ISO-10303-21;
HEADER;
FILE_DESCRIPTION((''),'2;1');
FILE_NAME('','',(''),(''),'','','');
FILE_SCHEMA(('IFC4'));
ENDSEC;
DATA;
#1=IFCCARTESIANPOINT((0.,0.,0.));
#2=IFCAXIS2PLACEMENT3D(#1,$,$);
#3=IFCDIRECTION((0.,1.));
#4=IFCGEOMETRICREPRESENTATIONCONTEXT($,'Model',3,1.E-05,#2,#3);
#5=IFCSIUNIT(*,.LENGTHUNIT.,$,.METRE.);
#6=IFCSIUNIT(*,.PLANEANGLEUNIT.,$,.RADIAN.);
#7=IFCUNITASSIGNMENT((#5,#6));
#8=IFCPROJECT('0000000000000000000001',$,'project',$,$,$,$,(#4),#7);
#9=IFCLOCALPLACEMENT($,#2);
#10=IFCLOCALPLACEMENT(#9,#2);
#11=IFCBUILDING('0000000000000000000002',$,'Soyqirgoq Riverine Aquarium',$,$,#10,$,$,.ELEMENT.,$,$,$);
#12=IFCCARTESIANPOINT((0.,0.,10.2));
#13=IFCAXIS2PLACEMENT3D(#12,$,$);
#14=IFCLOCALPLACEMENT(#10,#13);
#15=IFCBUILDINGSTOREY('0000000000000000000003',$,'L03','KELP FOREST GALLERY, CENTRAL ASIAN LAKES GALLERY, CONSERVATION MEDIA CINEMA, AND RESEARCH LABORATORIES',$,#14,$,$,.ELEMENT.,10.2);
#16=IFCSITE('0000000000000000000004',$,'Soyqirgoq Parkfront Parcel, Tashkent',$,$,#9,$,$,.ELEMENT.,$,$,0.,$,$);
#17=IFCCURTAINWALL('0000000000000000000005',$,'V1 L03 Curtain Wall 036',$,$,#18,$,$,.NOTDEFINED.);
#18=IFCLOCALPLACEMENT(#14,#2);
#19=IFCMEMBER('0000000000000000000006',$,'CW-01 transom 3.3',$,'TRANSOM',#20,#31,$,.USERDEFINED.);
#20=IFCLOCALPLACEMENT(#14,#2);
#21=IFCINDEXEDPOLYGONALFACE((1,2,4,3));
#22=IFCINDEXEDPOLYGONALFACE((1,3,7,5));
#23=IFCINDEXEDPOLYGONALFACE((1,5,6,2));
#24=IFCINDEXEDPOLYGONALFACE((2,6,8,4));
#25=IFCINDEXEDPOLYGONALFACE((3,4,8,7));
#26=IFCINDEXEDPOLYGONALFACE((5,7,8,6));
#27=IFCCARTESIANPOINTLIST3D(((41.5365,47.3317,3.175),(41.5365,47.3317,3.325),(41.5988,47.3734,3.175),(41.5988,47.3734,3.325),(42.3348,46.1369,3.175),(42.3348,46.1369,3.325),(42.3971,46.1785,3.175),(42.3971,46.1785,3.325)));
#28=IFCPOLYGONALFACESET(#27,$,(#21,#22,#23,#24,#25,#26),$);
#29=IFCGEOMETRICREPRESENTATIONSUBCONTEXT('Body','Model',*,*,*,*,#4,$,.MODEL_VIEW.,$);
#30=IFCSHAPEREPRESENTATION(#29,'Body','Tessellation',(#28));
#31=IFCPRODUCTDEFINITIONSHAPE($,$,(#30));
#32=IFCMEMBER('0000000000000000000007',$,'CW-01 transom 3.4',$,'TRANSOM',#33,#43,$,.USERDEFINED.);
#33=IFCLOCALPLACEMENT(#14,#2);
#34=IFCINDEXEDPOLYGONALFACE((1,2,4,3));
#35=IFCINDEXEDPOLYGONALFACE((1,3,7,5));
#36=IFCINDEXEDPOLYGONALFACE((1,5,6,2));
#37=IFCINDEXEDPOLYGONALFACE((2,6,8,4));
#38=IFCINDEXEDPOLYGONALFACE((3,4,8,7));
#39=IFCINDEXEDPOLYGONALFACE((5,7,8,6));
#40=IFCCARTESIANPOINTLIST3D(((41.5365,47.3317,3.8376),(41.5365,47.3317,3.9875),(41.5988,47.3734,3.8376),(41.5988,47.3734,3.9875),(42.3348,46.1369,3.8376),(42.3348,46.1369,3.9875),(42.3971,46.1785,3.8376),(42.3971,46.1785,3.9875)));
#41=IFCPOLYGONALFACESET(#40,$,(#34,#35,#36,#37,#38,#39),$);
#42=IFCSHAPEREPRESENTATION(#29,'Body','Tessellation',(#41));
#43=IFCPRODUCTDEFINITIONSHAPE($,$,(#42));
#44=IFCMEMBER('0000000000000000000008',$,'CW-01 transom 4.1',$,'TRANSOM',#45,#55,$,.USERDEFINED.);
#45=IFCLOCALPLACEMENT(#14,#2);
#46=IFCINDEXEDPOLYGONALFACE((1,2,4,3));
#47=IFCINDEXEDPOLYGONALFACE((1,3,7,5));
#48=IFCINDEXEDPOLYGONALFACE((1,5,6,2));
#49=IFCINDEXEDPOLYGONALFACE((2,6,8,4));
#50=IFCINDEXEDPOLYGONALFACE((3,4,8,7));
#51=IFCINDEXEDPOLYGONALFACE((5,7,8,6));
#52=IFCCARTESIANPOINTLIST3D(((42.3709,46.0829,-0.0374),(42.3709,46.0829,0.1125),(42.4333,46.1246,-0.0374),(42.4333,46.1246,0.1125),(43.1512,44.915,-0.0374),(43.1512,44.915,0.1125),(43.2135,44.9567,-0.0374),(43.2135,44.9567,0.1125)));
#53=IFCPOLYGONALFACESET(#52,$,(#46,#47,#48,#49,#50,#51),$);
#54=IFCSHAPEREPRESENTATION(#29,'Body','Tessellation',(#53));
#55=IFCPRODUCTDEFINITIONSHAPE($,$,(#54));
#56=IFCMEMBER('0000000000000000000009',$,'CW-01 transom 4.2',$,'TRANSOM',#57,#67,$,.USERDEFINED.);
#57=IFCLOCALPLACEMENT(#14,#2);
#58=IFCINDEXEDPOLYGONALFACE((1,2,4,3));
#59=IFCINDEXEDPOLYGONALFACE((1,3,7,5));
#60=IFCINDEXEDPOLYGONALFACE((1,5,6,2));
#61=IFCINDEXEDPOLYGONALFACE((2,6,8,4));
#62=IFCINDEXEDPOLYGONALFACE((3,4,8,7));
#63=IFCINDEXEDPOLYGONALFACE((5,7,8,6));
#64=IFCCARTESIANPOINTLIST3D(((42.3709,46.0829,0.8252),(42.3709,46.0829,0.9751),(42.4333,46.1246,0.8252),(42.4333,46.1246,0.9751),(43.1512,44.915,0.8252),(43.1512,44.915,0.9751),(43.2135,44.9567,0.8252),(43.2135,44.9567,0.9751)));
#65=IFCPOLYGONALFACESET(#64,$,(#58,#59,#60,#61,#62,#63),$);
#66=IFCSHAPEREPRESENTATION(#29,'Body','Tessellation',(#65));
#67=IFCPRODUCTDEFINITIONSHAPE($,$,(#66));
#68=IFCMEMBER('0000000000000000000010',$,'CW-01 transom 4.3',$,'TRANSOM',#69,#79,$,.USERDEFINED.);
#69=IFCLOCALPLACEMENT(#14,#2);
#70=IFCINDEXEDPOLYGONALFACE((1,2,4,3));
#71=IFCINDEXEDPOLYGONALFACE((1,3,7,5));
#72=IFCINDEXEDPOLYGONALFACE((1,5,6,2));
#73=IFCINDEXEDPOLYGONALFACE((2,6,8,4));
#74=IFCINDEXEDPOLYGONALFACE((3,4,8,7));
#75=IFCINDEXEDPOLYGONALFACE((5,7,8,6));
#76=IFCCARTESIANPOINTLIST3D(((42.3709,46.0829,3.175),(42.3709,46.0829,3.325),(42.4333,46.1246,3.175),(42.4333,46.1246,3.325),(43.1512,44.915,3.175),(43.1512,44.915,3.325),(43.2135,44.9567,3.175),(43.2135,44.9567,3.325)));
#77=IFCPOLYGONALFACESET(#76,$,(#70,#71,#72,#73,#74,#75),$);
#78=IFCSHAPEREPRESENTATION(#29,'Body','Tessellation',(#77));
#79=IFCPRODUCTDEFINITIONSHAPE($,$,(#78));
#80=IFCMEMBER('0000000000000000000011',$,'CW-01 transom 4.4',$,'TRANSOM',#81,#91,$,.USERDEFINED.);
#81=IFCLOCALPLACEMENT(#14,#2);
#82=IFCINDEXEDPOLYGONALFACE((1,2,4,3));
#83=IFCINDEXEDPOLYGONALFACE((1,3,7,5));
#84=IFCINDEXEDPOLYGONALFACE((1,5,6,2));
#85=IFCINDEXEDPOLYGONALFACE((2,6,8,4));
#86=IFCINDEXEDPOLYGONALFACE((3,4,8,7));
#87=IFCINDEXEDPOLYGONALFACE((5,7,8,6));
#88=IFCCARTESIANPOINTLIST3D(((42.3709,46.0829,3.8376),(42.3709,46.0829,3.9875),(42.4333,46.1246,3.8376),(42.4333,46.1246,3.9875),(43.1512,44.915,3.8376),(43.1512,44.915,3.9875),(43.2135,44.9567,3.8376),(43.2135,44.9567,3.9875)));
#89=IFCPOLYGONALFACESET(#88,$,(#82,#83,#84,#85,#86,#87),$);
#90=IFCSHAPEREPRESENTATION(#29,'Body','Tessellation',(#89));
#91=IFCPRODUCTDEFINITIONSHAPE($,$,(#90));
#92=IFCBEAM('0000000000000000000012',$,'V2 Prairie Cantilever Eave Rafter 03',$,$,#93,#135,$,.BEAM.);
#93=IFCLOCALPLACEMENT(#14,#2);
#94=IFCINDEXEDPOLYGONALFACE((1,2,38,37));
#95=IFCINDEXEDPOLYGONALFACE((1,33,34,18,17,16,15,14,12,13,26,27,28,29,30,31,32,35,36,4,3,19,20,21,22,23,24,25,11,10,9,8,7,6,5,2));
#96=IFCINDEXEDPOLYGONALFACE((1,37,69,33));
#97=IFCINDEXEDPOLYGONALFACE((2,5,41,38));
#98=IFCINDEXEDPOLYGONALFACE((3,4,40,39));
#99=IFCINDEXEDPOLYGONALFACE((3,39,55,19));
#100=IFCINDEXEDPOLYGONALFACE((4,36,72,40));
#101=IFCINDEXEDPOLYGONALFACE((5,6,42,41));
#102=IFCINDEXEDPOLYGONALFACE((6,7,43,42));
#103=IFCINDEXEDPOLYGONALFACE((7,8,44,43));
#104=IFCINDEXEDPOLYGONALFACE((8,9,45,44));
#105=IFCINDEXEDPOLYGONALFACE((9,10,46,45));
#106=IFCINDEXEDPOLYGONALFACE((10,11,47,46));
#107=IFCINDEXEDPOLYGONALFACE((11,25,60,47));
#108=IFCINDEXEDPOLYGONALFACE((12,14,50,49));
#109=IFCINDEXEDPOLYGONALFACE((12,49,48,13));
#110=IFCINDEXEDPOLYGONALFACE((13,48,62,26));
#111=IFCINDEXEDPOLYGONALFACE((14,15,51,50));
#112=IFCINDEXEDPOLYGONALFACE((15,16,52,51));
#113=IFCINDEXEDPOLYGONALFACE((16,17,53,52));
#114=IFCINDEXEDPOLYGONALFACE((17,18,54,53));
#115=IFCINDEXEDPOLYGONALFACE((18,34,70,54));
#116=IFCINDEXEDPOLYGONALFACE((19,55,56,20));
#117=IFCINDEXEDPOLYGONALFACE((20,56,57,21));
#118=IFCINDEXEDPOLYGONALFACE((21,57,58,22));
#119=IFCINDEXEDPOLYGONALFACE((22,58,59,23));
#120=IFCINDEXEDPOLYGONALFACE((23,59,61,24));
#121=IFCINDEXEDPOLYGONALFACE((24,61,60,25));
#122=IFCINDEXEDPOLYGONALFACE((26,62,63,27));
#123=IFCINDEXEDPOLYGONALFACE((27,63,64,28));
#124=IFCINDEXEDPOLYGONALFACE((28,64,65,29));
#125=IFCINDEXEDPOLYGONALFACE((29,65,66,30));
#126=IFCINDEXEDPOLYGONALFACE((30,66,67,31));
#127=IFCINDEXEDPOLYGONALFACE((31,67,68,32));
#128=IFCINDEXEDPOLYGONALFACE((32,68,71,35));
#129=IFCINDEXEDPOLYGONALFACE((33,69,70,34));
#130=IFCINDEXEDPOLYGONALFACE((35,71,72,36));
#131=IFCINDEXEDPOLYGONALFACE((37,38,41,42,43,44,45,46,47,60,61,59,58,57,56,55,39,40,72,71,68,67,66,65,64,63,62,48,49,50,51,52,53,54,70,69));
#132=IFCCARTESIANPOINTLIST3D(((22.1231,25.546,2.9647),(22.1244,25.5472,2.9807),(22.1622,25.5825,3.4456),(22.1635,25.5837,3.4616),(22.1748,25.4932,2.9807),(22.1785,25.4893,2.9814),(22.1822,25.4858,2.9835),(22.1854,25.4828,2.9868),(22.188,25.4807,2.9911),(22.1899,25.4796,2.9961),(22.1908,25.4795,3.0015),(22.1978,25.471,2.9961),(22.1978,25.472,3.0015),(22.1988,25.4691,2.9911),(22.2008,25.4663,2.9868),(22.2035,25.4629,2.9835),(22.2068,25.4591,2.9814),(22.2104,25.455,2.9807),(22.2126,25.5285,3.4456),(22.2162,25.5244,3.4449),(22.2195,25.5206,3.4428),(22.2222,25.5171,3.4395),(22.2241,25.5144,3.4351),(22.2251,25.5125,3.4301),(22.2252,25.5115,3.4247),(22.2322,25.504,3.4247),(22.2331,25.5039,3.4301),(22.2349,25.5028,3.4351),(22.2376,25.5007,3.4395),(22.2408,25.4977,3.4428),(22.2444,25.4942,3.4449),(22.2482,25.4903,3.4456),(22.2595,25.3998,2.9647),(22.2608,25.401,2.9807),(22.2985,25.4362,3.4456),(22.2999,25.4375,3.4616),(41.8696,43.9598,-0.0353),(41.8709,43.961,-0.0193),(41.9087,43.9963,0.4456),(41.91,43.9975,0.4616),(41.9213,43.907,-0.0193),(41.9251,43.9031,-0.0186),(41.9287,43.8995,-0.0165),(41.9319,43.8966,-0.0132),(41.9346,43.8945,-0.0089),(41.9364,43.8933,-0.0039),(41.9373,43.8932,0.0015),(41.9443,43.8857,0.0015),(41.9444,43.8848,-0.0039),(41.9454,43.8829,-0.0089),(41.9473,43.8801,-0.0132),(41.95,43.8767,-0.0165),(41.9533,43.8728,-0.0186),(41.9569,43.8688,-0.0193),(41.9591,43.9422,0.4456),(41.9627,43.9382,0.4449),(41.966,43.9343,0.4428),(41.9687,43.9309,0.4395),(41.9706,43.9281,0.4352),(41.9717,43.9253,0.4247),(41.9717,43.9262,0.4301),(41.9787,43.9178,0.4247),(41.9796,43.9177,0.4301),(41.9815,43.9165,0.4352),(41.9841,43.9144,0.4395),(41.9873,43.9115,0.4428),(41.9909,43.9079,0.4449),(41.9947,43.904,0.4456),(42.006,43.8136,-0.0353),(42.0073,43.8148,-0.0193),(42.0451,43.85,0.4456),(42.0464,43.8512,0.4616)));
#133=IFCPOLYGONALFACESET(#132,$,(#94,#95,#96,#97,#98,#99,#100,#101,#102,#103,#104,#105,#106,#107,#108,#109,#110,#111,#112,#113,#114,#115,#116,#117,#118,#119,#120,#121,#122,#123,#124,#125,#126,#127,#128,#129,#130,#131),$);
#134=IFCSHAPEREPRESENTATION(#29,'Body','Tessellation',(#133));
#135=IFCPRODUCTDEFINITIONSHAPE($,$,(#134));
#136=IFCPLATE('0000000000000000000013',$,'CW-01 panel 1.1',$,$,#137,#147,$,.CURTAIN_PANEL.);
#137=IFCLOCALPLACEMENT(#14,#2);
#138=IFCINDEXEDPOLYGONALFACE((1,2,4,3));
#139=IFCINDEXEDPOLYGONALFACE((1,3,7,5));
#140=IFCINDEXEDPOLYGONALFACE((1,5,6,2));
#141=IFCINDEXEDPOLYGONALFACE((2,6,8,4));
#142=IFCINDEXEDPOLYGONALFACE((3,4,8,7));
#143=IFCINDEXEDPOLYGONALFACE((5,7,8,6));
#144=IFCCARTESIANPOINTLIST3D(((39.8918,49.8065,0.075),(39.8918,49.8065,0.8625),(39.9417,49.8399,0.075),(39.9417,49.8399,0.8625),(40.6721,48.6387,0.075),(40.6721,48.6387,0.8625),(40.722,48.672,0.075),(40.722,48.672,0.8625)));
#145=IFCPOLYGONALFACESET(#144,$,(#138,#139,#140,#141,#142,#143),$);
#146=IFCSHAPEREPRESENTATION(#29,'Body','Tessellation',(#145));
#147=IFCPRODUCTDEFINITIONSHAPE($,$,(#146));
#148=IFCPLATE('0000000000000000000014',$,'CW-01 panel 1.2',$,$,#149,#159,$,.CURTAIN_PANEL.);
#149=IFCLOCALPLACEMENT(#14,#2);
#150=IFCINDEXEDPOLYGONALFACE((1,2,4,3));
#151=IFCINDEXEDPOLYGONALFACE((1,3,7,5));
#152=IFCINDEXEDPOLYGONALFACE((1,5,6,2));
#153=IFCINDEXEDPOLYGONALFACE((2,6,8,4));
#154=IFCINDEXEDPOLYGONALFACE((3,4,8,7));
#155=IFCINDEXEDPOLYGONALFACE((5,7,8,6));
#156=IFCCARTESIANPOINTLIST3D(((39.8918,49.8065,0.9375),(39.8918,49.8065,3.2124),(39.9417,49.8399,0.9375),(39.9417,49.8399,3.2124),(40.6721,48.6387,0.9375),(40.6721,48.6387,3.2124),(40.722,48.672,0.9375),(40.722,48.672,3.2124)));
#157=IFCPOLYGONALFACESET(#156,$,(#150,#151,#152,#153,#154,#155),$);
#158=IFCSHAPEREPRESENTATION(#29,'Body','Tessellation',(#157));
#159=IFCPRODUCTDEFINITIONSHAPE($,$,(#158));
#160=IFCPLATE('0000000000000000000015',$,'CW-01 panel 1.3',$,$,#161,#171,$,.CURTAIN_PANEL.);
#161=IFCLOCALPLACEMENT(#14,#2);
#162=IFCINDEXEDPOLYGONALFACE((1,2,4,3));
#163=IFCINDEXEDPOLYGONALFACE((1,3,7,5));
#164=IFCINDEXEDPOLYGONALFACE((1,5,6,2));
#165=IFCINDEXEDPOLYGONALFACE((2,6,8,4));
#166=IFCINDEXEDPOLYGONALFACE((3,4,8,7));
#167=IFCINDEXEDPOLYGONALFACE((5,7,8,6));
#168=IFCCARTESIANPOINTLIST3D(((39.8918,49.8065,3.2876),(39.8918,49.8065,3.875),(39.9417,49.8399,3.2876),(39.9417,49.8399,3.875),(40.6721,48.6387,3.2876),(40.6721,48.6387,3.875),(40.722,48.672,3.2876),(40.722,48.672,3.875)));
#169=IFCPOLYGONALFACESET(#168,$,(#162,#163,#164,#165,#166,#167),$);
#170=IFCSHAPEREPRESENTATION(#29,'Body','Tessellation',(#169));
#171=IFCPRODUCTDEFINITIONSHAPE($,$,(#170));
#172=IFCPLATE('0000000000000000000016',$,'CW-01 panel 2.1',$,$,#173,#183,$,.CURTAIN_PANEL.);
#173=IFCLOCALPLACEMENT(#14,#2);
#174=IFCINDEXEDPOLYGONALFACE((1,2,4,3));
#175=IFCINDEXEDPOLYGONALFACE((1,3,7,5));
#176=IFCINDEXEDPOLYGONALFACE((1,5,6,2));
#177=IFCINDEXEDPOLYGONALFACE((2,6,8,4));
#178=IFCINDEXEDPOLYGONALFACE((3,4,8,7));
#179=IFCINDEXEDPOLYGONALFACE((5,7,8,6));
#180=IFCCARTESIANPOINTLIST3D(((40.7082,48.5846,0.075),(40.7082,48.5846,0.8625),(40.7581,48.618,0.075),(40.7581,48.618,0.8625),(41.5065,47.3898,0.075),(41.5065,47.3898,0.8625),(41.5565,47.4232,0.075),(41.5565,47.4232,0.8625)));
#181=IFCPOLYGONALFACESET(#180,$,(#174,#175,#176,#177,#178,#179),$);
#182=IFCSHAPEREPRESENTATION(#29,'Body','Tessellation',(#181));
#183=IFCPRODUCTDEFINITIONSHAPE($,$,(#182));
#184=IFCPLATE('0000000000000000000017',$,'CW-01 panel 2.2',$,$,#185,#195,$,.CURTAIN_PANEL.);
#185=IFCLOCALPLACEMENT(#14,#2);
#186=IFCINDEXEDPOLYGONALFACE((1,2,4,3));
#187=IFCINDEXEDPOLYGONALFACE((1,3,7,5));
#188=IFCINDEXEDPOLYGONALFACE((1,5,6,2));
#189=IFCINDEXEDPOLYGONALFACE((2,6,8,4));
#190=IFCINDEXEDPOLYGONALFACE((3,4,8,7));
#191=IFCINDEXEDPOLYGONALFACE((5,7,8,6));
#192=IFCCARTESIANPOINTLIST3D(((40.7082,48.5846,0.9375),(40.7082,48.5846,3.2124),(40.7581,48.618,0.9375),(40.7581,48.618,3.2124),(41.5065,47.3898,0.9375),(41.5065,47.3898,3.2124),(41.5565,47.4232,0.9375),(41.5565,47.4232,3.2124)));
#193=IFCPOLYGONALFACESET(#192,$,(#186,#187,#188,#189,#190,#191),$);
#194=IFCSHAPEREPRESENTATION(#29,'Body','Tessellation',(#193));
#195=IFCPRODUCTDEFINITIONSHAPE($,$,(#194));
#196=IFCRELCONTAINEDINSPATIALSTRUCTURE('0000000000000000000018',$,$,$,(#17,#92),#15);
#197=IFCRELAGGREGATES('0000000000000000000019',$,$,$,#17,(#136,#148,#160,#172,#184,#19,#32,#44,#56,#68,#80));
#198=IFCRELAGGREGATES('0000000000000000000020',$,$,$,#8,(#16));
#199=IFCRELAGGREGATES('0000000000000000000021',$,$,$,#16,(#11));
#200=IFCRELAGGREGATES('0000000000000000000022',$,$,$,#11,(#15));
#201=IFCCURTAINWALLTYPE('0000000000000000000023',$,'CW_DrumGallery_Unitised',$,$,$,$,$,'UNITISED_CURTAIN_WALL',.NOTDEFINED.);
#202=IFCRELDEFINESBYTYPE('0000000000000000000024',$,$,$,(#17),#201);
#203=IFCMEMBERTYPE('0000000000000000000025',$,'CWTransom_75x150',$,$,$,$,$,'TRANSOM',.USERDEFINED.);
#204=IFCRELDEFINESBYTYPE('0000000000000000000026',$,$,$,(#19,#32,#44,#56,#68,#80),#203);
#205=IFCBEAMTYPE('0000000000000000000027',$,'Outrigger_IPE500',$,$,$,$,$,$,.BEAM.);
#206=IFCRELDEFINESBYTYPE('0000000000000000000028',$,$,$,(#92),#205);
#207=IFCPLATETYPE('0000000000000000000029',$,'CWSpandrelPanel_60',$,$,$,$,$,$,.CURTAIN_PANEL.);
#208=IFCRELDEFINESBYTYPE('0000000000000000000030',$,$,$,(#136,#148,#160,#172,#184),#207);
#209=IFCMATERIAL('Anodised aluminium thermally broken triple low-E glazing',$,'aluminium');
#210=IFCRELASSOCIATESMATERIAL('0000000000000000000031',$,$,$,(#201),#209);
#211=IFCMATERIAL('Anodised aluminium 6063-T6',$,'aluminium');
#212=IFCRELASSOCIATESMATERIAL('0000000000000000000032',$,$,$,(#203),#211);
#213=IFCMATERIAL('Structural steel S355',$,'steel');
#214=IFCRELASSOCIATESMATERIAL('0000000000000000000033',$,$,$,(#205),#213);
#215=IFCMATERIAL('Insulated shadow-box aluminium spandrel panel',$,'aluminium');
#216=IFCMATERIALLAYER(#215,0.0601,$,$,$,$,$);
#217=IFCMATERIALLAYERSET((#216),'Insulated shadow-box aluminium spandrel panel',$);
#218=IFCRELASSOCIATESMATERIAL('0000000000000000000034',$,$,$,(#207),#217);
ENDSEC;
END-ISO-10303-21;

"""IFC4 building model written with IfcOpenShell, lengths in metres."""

from ifc_helpers import new_model, si_unit, direction, frame, origin, origin_2d, place, context, subcontext, project, spatial, rectangle, i_section, extrude, material, layer, layer_set, material_profile, profile_set, type_object, element, aggregate, save


model = new_model("IFC4")

# Units and contexts
model_context = context("Model", 3, precision=1e-05, world=origin(), true_north=direction((0.0, 1.0)))
body_context = subcontext(model_context, "Body", "Model", "MODEL_VIEW")
ifc_project = project(units=[si_unit("LENGTHUNIT", "METRE"), si_unit("PLANEANGLEUNIT", "RADIAN")], contexts=[model_context])

# Site, building, storey
site_placement = place(None, origin())
site = spatial("IfcSite", under=ifc_project, at=site_placement, Name="Soyqirgoq Parkfront Parcel, Tashkent", CompositionType="ELEMENT", RefElevation=0.0)
building_placement = place(site_placement, origin())
building = spatial("IfcBuilding", under=site, at=building_placement, Name="Soyqirgoq Riverine Aquarium", CompositionType="ELEMENT")
storey_placement = place(building_placement, frame((0.0, 0.0, 10.2)))
storey = spatial("IfcBuildingStorey", under=building, at=storey_placement, Name="L03", Description="KELP FOREST GALLERY, CENTRAL ASIAN LAKES GALLERY, CONSERVATION MEDIA CINEMA, AND RESEARCH LABORATORIES", CompositionType="ELEMENT", Elevation=10.2)

# Curtain wall, members
ifc_material_1 = material(Name="Anodised aluminium thermally broken triple low-E glazing", Category="aluminium")
curtain_wall_type = type_object("IfcCurtainWallType", Name="CW_DrumGallery_Unitised", ElementType="UNITISED_CURTAIN_WALL", PredefinedType="NOTDEFINED", material=ifc_material_1)
curtain_wall_placement = place(storey_placement, origin())
curtain_wall = element("IfcCurtainWall", 1, at=curtain_wall_placement, inside=storey, type_object=curtain_wall_type, Name="V1 L03 Curtain Wall 036", PredefinedType="NOTDEFINED")
ifc_material_2 = material(Name="Anodised aluminium 6063-T6", Category="aluminium")
ifc_material_profile_1 = material_profile(ifc_material_2, rectangle(XDim=0.075, YDim=0.1499, at=origin_2d()), Name="ALU-T 75x150")
ifc_profile_set_1 = profile_set([ifc_material_profile_1], Name="Anodised aluminium 6063-T6")
member_type_1 = type_object("IfcMemberType", Name="CWTransom_75x150", ElementType="TRANSOM", PredefinedType="USERDEFINED", material=ifc_profile_set_1)
member_1_placement = place(storey_placement, frame((41.5676, 47.3525, 3.25), z_axis=(0.555562, -0.831475, 0.0), x_axis=(0.831475, 0.555562, 0.0)))
member_1 = element("IfcMember", 2, at=member_1_placement, type_object=member_type_1, Name="CW-01 transom 3.3", ObjectType="TRANSOM", PredefinedType="USERDEFINED", context=body_context, shape_type="SweptSolid", body=[
    extrude(rectangle(XDim=0.075, YDim=0.1499, at=origin_2d()), origin(), (0.0, 0.0, 1.0), 1.437),
])
member_2_placement = place(storey_placement, frame((41.5676, 47.3525, 3.9126), z_axis=(0.555562, -0.831475, 0.0), x_axis=(0.831475, 0.555562, 0.0)))
member_2 = element("IfcMember", 3, at=member_2_placement, type_object=member_type_1, Name="CW-01 transom 3.4", ObjectType="TRANSOM", PredefinedType="USERDEFINED", context=body_context, shape_type="SweptSolid", body=[
    extrude(rectangle(XDim=0.075, YDim=0.1499, at=origin_2d()), origin(), (0.0, 0.0, 1.0), 1.437),
])
member_3_placement = place(storey_placement, frame((42.4021, 46.1038, 0.0376), z_axis=(0.555502, -0.831515, 0.0), x_axis=(0.831515, 0.555502, 0.0)))
member_3 = element("IfcMember", 4, at=member_3_placement, type_object=member_type_1, Name="CW-01 transom 4.1", ObjectType="TRANSOM", PredefinedType="USERDEFINED", context=body_context, shape_type="SweptSolid", body=[
    extrude(rectangle(XDim=0.075, YDim=0.1499, at=origin_2d()), origin(), (0.0, 0.0, 1.0), 1.4045),
])
member_4_placement = place(storey_placement, frame((42.4021, 46.1038, 0.9001), z_axis=(0.555502, -0.831515, 0.0), x_axis=(0.831515, 0.555502, 0.0)))
member_4 = element("IfcMember", 5, at=member_4_placement, type_object=member_type_1, Name="CW-01 transom 4.2", ObjectType="TRANSOM", PredefinedType="USERDEFINED", context=body_context, shape_type="SweptSolid", body=[
    extrude(rectangle(XDim=0.075, YDim=0.1499, at=origin_2d()), origin(), (0.0, 0.0, 1.0), 1.4045),
])
member_5_placement = place(storey_placement, frame((42.4021, 46.1038, 3.25), z_axis=(0.555502, -0.831515, 0.0), x_axis=(0.831515, 0.555502, 0.0)))
member_5 = element("IfcMember", 6, at=member_5_placement, type_object=member_type_1, Name="CW-01 transom 4.3", ObjectType="TRANSOM", PredefinedType="USERDEFINED", context=body_context, shape_type="SweptSolid", body=[
    extrude(rectangle(XDim=0.075, YDim=0.1499, at=origin_2d()), origin(), (0.0, 0.0, 1.0), 1.4045),
])
member_6_placement = place(storey_placement, frame((42.4021, 46.1038, 3.9126), z_axis=(0.555502, -0.831515, 0.0), x_axis=(0.831515, 0.555502, 0.0)))
member_6 = element("IfcMember", 7, at=member_6_placement, type_object=member_type_1, Name="CW-01 transom 4.4", ObjectType="TRANSOM", PredefinedType="USERDEFINED", context=body_context, shape_type="SweptSolid", body=[
    extrude(rectangle(XDim=0.075, YDim=0.1499, at=origin_2d()), origin(), (0.0, 0.0, 1.0), 1.4045),
])

# Beam
ifc_material_3 = material(Name="Structural steel S355", Category="steel")
ifc_material_profile_2 = material_profile(ifc_material_3, i_section(OverallWidth=0.2, OverallDepth=0.5, WebThickness=0.0103, FlangeThickness=0.0161, FilletRadius=0.021, at=origin_2d()), Name="IPE 500")
ifc_profile_set_2 = profile_set([ifc_material_profile_2], Name="Structural steel S355")
beam_type = type_object("IfcBeamType", Name="Outrigger_IPE500", PredefinedType="BEAM", material=ifc_profile_set_2)
beam_placement = place(storey_placement, frame((41.958, 43.9055, 0.2131), z_axis=(-0.726884, -0.677824, 0.110432), x_axis=(0.681995, -0.731357, 0.0)))
element("IfcBeam", 8, at=beam_placement, inside=storey, type_object=beam_type, Name="V2 Prairie Cantilever Eave Rafter 03", PredefinedType="BEAM", context=body_context, shape_type="SweptSolid", body=[
    extrude(i_section(OverallWidth=0.2, OverallDepth=0.5, WebThickness=0.0103, FlangeThickness=0.0161, FilletRadius=0.021, at=origin_2d()), origin(), (0.0, 0.0, 1.0), 27.166),
])

# Plates
ifc_material_4 = material(Name="Insulated shadow-box aluminium spandrel panel", Category="aluminium")
ifc_layer_1 = layer(ifc_material_4, 0.0601)
ifc_layer_set_1 = layer_set([ifc_layer_1], Name="Insulated shadow-box aluminium spandrel panel")
plate_type = type_object("IfcPlateType", Name="CWSpandrelPanel_60", PredefinedType="CURTAIN_PANEL", material=ifc_layer_set_1)
plate_1_placement = place(storey_placement, frame((40.3069, 49.2393, 0.075), z_axis=(0.0, 0.0, 1.0), x_axis=(0.555572, -0.831469, 0.0)))
plate_1 = element("IfcPlate", 9, at=plate_1_placement, type_object=plate_type, Name="CW-01 panel 1.1", PredefinedType="CURTAIN_PANEL", context=body_context, shape_type="SweptSolid", body=[
    extrude(rectangle(XDim=1.4045, YDim=0.0601, at=origin_2d()), origin(), (0.0, 0.0, 1.0), 0.7876),
])
plate_2_placement = place(storey_placement, frame((40.3069, 49.2393, 0.9375), z_axis=(0.0, 0.0, 1.0), x_axis=(0.555572, -0.831469, 0.0)))
plate_2 = element("IfcPlate", 10, at=plate_2_placement, type_object=plate_type, Name="CW-01 panel 1.2", PredefinedType="CURTAIN_PANEL", context=body_context, shape_type="SweptSolid", body=[
    extrude(rectangle(XDim=1.4045, YDim=0.0601, at=origin_2d()), origin(), (0.0, 0.0, 1.0), 2.2749),
])
plate_3_placement = place(storey_placement, frame((40.3069, 49.2393, 3.2876), z_axis=(0.0, 0.0, 1.0), x_axis=(0.555572, -0.831469, 0.0)))
plate_3 = element("IfcPlate", 11, at=plate_3_placement, type_object=plate_type, Name="CW-01 panel 1.3", PredefinedType="CURTAIN_PANEL", context=body_context, shape_type="SweptSolid", body=[
    extrude(rectangle(XDim=1.4045, YDim=0.0601, at=origin_2d()), origin(), (0.0, 0.0, 1.0), 0.5874),
])
plate_4_placement = place(storey_placement, frame((41.1323, 48.0039, 0.075), z_axis=(0.0, 0.0, 1.0), x_axis=(0.555572, -0.831469, 0.0)))
plate_4 = element("IfcPlate", 12, at=plate_4_placement, type_object=plate_type, Name="CW-01 panel 2.1", PredefinedType="CURTAIN_PANEL", context=body_context, shape_type="SweptSolid", body=[
    extrude(rectangle(XDim=1.437, YDim=0.0601, at=origin_2d()), origin(), (0.0, 0.0, 1.0), 0.7876),
])
plate_5_placement = place(storey_placement, frame((41.1323, 48.0039, 0.9375), z_axis=(0.0, 0.0, 1.0), x_axis=(0.555572, -0.831469, 0.0)))
plate_5 = element("IfcPlate", 13, at=plate_5_placement, type_object=plate_type, Name="CW-01 panel 2.2", PredefinedType="CURTAIN_PANEL", context=body_context, shape_type="SweptSolid", body=[
    extrude(rectangle(XDim=1.437, YDim=0.0601, at=origin_2d()), origin(), (0.0, 0.0, 1.0), 2.2749),
])
aggregate(curtain_wall, [plate_1, plate_2, plate_3, plate_4, plate_5, member_1, member_2, member_3, member_4, member_5, member_6])

save(model, "model.ifc")
